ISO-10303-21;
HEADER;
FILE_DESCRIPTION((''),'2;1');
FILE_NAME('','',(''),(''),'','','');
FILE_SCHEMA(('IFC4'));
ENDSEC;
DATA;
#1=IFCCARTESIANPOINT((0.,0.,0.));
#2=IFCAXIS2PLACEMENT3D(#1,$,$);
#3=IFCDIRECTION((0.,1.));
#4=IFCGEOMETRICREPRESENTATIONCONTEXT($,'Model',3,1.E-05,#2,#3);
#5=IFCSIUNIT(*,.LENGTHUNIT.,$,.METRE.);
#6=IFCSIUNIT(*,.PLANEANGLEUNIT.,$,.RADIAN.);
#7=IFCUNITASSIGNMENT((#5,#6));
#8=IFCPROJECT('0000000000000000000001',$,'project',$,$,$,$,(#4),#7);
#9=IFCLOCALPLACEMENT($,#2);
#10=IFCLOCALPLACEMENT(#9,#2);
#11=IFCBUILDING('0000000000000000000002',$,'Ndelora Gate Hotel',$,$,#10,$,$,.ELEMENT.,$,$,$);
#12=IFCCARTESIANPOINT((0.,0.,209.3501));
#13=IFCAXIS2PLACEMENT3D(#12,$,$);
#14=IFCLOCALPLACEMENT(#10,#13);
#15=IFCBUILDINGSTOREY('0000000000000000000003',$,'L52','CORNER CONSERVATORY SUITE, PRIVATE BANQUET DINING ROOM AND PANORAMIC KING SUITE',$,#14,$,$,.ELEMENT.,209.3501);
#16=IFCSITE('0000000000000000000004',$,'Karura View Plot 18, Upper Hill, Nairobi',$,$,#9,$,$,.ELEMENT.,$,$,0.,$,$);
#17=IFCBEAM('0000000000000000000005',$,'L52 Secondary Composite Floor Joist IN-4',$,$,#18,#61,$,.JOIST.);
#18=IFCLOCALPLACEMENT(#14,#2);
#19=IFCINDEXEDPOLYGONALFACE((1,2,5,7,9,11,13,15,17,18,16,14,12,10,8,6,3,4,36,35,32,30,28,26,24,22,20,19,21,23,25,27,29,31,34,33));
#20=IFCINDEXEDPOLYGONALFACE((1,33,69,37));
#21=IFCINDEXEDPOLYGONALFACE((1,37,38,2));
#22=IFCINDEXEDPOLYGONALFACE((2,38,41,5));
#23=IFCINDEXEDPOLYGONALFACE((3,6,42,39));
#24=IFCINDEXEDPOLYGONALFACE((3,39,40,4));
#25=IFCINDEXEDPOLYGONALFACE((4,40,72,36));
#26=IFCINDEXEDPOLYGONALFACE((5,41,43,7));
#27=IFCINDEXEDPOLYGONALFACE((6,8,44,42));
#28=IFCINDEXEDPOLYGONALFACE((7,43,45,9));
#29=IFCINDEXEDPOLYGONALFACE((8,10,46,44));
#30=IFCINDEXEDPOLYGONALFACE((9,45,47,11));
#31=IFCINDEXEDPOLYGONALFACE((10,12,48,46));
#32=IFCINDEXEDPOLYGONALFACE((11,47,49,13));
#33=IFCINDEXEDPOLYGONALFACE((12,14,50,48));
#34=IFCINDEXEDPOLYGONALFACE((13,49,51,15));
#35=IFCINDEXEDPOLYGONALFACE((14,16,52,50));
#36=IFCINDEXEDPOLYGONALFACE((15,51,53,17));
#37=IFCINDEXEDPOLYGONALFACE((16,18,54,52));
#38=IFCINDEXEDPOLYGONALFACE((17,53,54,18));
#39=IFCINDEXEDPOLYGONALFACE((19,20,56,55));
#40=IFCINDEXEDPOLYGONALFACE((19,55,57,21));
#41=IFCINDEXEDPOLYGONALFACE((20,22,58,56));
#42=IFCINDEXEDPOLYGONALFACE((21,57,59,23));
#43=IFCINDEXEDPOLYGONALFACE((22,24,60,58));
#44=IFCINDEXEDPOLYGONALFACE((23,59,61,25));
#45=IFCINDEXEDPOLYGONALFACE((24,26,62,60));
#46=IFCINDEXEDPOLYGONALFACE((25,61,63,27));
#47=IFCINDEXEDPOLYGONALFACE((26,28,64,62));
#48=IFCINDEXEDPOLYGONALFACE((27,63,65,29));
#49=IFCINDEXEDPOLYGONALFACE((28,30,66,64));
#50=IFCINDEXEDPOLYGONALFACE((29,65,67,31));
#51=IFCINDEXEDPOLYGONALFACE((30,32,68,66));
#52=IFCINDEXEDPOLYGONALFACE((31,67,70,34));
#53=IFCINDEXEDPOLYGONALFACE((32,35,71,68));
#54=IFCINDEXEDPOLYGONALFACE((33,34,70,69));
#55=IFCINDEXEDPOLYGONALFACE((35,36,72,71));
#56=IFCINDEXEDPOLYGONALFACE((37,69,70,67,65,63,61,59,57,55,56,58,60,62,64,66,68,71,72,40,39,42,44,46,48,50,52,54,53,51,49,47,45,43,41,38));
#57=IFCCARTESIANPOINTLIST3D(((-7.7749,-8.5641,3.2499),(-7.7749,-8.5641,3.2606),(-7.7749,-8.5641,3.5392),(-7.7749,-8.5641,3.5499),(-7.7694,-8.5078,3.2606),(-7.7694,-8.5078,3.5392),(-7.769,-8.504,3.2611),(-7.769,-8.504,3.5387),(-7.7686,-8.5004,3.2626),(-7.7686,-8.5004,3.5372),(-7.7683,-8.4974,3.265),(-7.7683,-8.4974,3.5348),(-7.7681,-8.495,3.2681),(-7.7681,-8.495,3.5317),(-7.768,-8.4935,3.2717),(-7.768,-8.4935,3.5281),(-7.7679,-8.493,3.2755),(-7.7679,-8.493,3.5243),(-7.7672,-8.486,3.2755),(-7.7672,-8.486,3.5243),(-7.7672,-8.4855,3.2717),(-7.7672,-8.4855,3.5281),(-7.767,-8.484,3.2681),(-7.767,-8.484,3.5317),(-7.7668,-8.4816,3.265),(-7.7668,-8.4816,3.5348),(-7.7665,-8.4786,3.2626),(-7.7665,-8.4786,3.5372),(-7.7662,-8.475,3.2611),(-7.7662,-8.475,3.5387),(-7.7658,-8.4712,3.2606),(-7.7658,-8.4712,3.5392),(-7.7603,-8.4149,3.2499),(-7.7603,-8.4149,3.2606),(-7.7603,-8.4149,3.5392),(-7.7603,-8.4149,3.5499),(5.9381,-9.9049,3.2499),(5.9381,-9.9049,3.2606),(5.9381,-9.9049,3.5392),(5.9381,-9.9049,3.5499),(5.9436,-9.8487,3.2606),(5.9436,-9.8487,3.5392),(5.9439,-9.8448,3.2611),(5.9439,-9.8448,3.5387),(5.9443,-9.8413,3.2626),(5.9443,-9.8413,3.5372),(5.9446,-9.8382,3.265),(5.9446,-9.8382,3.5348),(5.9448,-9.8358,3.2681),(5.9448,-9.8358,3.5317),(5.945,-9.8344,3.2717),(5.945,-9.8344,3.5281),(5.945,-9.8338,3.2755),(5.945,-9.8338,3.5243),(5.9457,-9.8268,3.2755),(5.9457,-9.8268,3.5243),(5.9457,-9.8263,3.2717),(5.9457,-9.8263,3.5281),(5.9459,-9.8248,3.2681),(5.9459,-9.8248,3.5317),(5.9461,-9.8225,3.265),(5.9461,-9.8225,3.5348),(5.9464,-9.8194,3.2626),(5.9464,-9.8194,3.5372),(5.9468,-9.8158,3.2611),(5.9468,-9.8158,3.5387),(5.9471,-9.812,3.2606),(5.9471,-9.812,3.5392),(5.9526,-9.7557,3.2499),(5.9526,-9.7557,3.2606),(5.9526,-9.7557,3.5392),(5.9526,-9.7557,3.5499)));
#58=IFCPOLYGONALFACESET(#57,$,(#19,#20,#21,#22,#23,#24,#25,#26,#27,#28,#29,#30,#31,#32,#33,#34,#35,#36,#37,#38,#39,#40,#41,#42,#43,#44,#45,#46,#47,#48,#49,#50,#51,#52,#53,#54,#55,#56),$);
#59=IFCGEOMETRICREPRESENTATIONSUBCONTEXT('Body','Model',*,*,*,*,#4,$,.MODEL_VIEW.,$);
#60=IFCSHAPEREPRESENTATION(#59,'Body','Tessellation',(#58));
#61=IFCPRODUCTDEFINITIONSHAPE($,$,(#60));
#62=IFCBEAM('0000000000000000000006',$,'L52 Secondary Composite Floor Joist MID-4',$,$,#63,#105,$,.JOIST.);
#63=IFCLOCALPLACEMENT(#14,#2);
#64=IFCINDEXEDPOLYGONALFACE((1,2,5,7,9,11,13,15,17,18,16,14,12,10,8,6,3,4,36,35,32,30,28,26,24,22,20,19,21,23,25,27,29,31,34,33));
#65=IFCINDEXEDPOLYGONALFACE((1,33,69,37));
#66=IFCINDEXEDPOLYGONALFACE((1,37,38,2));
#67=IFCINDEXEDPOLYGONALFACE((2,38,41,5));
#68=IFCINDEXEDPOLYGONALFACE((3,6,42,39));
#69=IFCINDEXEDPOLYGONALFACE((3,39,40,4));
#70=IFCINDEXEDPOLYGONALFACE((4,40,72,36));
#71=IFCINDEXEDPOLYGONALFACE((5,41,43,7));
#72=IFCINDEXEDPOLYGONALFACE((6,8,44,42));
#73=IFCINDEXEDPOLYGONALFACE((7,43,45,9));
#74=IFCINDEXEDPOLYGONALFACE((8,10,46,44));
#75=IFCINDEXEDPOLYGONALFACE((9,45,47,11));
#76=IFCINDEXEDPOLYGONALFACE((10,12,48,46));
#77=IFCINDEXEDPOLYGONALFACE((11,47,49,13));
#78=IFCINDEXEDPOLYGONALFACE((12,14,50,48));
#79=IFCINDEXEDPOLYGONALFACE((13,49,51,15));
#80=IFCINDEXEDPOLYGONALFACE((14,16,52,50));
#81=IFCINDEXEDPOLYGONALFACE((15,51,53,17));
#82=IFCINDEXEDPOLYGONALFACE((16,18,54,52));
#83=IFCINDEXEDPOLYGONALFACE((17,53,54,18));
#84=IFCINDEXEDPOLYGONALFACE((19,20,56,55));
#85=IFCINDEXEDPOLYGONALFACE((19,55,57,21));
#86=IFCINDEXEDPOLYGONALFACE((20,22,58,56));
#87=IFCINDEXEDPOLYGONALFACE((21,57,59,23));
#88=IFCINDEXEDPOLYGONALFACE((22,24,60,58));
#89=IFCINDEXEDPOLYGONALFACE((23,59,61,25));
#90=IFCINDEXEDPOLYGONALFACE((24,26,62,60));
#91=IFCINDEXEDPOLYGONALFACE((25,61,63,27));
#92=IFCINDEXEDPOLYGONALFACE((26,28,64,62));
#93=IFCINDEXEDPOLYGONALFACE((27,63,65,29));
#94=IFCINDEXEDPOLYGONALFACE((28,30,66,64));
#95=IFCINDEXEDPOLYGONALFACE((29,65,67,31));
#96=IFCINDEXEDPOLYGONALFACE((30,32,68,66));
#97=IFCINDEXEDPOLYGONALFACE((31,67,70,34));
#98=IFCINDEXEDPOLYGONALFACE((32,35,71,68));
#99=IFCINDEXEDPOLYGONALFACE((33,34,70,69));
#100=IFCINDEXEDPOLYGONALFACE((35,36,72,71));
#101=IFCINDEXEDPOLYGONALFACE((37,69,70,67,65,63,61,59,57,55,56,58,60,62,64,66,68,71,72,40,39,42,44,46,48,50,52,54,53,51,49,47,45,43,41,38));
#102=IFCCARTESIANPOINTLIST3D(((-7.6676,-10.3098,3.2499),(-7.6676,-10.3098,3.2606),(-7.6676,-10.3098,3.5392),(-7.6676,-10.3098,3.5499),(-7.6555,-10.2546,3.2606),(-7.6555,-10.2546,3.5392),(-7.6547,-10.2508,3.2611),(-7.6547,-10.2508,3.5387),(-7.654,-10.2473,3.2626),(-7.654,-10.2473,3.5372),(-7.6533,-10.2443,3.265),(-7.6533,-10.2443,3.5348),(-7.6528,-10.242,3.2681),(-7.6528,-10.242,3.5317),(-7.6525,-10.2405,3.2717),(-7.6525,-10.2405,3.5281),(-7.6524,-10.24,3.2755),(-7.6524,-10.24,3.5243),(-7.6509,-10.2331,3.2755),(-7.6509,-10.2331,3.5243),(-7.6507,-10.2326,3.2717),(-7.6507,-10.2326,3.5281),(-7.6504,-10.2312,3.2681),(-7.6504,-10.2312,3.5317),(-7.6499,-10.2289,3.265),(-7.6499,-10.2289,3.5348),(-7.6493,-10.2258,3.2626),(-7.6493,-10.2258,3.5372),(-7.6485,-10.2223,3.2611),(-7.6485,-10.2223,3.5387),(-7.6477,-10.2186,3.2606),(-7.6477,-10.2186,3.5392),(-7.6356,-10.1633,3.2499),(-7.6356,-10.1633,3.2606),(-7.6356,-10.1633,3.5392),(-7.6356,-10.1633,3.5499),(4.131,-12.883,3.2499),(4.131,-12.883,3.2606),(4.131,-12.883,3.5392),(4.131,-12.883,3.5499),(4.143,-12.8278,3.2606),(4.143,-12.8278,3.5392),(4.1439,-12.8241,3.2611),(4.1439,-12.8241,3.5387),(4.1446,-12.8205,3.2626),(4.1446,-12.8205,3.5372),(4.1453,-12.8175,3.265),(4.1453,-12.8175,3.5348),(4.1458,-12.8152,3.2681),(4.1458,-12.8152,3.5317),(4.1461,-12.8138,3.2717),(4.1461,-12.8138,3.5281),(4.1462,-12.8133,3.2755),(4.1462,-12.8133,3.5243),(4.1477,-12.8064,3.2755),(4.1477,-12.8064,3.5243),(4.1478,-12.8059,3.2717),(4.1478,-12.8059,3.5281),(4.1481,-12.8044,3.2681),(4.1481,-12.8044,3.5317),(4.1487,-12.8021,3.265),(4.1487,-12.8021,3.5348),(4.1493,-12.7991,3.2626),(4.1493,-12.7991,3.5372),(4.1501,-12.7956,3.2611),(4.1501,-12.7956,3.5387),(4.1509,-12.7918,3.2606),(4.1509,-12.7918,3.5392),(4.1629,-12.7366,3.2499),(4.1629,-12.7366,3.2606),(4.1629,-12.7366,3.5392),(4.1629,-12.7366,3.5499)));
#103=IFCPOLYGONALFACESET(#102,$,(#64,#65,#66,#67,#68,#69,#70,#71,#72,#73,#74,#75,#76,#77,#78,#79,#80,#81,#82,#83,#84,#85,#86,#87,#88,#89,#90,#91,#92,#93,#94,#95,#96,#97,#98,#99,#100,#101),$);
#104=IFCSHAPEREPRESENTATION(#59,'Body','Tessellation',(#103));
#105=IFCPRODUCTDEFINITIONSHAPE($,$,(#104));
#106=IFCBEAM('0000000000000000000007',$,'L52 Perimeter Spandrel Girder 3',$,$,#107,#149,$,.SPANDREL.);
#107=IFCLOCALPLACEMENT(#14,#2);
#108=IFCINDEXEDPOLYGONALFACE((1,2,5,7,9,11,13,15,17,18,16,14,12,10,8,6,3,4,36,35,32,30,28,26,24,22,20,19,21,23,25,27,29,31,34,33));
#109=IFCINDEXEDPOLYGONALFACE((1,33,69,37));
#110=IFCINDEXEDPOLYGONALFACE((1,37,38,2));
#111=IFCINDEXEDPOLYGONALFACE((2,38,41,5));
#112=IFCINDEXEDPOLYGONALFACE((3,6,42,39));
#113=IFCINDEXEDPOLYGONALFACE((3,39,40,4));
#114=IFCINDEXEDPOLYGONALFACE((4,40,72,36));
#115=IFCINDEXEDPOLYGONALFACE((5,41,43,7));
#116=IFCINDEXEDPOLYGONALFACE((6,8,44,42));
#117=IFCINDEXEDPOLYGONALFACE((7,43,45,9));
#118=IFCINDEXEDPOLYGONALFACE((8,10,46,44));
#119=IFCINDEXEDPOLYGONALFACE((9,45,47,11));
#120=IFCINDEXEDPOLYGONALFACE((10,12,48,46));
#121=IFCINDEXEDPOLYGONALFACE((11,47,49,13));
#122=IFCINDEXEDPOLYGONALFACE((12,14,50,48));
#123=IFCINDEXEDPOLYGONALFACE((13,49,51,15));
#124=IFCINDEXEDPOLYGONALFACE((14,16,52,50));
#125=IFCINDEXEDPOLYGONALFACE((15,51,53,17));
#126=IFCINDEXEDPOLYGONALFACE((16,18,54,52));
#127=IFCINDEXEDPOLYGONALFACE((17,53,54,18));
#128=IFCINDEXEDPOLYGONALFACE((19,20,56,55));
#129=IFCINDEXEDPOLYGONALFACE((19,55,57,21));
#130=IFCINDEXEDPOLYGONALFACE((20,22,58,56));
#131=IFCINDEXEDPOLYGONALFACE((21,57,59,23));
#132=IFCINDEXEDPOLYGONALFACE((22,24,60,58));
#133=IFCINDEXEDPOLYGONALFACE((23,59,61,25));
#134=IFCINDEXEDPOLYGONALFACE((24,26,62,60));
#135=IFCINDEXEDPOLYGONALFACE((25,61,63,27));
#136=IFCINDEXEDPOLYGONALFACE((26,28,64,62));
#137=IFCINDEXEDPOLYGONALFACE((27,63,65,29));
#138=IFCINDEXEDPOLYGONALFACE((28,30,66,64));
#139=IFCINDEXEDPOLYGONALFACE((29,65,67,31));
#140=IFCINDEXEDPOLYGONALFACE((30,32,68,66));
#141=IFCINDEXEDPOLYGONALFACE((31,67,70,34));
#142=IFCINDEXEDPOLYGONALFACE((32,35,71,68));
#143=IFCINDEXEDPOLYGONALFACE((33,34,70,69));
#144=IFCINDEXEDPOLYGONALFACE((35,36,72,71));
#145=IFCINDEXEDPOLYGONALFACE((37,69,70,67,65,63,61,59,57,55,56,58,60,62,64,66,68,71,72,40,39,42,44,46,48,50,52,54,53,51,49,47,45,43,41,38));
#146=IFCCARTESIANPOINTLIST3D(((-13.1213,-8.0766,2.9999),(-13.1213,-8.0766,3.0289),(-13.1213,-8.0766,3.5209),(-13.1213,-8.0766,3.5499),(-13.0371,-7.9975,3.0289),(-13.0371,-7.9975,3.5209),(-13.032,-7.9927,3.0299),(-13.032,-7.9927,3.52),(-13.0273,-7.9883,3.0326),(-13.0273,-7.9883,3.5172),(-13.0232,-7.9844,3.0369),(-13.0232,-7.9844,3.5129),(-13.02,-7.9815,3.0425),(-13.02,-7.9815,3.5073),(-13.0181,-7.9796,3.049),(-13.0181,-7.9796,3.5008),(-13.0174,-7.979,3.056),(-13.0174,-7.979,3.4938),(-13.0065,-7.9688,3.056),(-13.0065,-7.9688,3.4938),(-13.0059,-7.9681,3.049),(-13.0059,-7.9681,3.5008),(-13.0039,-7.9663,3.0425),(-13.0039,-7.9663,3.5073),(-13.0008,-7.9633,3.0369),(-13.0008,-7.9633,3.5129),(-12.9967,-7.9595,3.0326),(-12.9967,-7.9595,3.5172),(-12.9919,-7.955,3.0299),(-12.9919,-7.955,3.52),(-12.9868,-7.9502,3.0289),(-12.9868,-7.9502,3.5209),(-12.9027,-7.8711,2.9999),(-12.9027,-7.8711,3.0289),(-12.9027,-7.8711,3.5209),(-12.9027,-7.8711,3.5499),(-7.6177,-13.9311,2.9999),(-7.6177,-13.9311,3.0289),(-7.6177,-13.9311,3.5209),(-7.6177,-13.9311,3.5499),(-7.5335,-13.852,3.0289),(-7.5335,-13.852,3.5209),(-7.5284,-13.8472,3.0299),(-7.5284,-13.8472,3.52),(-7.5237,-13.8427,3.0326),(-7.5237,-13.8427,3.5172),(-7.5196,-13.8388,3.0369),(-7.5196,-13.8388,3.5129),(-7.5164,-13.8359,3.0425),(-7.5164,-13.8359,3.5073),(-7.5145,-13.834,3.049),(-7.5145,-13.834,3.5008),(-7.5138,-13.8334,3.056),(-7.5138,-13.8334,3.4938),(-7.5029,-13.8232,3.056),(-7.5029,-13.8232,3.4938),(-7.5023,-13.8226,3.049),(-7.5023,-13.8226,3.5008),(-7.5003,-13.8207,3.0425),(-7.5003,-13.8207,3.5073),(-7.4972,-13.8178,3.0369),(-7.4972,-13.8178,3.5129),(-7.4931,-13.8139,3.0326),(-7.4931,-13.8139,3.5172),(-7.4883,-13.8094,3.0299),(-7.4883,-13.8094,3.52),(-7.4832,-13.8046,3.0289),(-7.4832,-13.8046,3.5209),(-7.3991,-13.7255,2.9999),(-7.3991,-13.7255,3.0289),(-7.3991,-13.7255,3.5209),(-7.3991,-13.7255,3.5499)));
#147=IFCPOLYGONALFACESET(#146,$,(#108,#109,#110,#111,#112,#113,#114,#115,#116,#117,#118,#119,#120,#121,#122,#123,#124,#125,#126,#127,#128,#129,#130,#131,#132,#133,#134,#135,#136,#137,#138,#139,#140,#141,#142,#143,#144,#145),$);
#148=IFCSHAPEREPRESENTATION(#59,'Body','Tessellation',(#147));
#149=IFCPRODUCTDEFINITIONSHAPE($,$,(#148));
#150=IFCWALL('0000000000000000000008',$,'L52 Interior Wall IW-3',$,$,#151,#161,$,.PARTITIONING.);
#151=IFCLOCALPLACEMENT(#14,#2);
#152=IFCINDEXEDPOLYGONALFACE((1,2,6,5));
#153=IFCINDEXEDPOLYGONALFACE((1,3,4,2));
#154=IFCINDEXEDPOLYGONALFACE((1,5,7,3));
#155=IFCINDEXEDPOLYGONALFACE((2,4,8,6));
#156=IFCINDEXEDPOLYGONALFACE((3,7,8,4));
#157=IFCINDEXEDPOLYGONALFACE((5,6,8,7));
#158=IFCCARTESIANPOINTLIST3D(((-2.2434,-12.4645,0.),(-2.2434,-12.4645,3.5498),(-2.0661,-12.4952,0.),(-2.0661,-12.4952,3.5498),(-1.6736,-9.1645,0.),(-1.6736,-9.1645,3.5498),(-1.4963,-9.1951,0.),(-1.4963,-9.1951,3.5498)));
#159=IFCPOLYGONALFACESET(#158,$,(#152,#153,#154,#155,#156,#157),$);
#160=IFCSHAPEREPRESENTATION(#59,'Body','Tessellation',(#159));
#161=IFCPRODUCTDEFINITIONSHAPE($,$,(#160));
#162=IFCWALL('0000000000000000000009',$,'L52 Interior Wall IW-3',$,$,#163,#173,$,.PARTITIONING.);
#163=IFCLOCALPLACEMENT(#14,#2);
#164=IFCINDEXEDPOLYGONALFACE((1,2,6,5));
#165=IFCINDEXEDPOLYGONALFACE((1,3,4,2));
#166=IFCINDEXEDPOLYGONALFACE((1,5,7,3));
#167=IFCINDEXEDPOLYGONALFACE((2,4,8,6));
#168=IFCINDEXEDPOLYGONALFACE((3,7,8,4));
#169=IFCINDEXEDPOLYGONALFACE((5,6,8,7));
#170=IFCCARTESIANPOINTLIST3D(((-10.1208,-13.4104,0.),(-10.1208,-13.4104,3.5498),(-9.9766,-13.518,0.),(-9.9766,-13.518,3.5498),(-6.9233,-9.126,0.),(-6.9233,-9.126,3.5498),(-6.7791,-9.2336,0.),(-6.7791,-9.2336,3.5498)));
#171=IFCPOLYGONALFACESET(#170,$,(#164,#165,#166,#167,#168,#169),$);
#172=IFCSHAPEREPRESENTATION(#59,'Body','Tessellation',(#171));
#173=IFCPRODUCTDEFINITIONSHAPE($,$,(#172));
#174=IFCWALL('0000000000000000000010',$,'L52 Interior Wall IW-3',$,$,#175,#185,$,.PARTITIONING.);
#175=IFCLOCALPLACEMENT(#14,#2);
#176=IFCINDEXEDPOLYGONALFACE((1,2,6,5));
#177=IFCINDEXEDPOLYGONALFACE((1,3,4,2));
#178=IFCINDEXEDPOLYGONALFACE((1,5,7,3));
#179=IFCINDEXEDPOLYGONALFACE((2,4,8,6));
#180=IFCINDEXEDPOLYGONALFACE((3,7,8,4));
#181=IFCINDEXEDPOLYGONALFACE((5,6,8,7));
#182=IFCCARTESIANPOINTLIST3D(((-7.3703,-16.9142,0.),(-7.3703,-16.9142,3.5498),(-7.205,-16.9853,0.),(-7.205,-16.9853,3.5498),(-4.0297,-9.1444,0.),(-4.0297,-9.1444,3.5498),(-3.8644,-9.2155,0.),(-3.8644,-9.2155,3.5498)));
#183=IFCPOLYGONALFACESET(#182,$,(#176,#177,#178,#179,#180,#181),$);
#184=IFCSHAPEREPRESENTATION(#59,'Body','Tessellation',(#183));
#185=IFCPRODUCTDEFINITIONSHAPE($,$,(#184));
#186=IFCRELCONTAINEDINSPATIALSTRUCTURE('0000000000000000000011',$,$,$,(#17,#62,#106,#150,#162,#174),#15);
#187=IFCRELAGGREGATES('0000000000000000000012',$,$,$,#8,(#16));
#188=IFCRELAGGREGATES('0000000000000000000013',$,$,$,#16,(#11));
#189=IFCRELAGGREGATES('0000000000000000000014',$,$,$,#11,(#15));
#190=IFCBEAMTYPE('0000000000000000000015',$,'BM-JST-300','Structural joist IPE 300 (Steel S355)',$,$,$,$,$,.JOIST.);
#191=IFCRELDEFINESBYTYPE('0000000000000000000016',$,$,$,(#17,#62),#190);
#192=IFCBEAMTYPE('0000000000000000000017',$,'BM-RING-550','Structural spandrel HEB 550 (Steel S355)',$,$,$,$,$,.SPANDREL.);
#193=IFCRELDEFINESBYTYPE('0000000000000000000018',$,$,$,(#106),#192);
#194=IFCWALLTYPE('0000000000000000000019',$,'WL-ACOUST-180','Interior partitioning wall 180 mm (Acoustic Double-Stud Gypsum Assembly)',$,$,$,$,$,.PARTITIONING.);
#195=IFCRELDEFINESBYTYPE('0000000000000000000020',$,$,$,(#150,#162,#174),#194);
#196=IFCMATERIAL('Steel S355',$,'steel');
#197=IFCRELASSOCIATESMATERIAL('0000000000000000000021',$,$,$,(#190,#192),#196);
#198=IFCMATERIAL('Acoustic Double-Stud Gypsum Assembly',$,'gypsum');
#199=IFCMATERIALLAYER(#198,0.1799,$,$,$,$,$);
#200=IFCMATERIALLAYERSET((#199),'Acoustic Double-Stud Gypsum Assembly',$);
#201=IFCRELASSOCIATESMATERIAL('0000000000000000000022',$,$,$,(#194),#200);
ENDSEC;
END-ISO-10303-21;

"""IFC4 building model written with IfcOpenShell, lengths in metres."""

from ifc_helpers import new_model, si_unit, direction, frame, frame_2d, origin, origin_2d, place, context, subcontext, project, spatial, rectangle, i_section, extrude, material, layer, layer_set, material_profile, profile_set, type_object, element, save


model = new_model("IFC4")

# Units and contexts
model_context = context("Model", 3, precision=1e-05, world=origin(), true_north=direction((0.0, 1.0)))
body_context = subcontext(model_context, "Body", "Model", "MODEL_VIEW")
ifc_project = project(units=[si_unit("LENGTHUNIT", "METRE"), si_unit("PLANEANGLEUNIT", "RADIAN")], contexts=[model_context])

# Site, building, storey
site_placement = place(None, origin())
site = spatial("IfcSite", under=ifc_project, at=site_placement, Name="Karura View Plot 18, Upper Hill, Nairobi", CompositionType="ELEMENT", RefElevation=0.0)
building_placement = place(site_placement, origin())
building = spatial("IfcBuilding", under=site, at=building_placement, Name="Ndelora Gate Hotel", CompositionType="ELEMENT")
storey_placement = place(building_placement, frame((0.0, 0.0, 209.3501)))
storey = spatial("IfcBuildingStorey", under=building, at=storey_placement, Name="L52", Description="CORNER CONSERVATORY SUITE, PRIVATE BANQUET DINING ROOM AND PANORAMIC KING SUITE", CompositionType="ELEMENT", Elevation=209.3501)

# Beams
ifc_material_1 = material(Name="Steel S355", Category="steel")
ifc_material_profile_1 = material_profile(ifc_material_1, i_section(OverallWidth=0.1499, OverallDepth=0.3, WebThickness=0.0071, FlangeThickness=0.0107, FilletRadius=0.0149, at=origin_2d()), Name="IPE 300")
ifc_profile_set_1 = profile_set([ifc_material_profile_1], Name="Steel S355")
beam_type_1 = type_object("IfcBeamType", Name="BM-JST-300", Description="Structural joist IPE 300 (Steel S355)", PredefinedType="JOIST", material=ifc_profile_set_1)
beam_1_placement = place(storey_placement, frame((-7.7676, -8.4895, 3.3999), z_axis=(0.995254, -0.097314, 0.0), x_axis=(0.097314, 0.995254, 0.0)))
element("IfcBeam", 1, at=beam_1_placement, inside=storey, type_object=beam_type_1, Name="L52 Secondary Composite Floor Joist IN-4", PredefinedType="JOIST", context=body_context, shape_type="SweptSolid", body=[
    extrude(i_section(OverallWidth=0.1499, OverallDepth=0.3, WebThickness=0.0071, FlangeThickness=0.0107, FilletRadius=0.0149, at=origin_2d()), origin(), (0.0, 0.0, 1.0), 13.7783),
])
beam_2_placement = place(storey_placement, frame((-7.6516, -10.2366, 3.3999), z_axis=(0.977033, -0.213088, 0.0), x_axis=(0.213088, 0.977033, 0.0)))
element("IfcBeam", 2, at=beam_2_placement, inside=storey, type_object=beam_type_1, Name="L52 Secondary Composite Floor Joist MID-4", PredefinedType="JOIST", context=body_context, shape_type="SweptSolid", body=[
    extrude(i_section(OverallWidth=0.1499, OverallDepth=0.3, WebThickness=0.0071, FlangeThickness=0.0107, FilletRadius=0.0149, at=origin_2d()), origin(), (0.0, 0.0, 1.0), 12.0759),
])
ifc_material_profile_2 = material_profile(ifc_material_1, i_section(OverallWidth=0.3, OverallDepth=0.55, WebThickness=0.0149, FlangeThickness=0.0291, FilletRadius=0.0271, at=origin_2d()), Name="HEB 550")
ifc_profile_set_2 = profile_set([ifc_material_profile_2], Name="Steel S355")
beam_type_2 = type_object("IfcBeamType", Name="BM-RING-550", Description="Structural spandrel HEB 550 (Steel S355)", PredefinedType="SPANDREL", material=ifc_profile_set_2)
beam_3_placement = place(storey_placement, frame((-13.012, -7.9739, 3.2749), z_axis=(0.684939, -0.7286, 0.0), x_axis=(0.7286, 0.684939, 0.0)))
element("IfcBeam", 3, at=beam_3_placement, inside=storey, type_object=beam_type_2, Name="L52 Perimeter Spandrel Girder 3", PredefinedType="SPANDREL", context=body_context, shape_type="SweptSolid", body=[
    extrude(i_section(OverallWidth=0.3, OverallDepth=0.55, WebThickness=0.0149, FlangeThickness=0.0291, FilletRadius=0.0271, at=origin_2d()), origin(), (0.0, 0.0, 1.0), 8.0352),
])

# Walls
ifc_material_2 = material(Name="Acoustic Double-Stud Gypsum Assembly", Category="gypsum")
ifc_layer_1 = layer(ifc_material_2, 0.1799)
ifc_layer_set_1 = layer_set([ifc_layer_1], Name="Acoustic Double-Stud Gypsum Assembly")
wall_type_1 = type_object("IfcWallType", Name="WL-ACOUST-180", Description="Interior partitioning wall 180 mm (Acoustic Double-Stud Gypsum Assembly)", PredefinedType="PARTITIONING", material=ifc_layer_set_1)
wall_1_placement = place(storey_placement, frame((-1.585, -9.1799, 0.0), z_axis=(0.0, 0.0, 1.0), x_axis=(-0.170153, -0.985418, 0.0)))
element("IfcWall", 4, at=wall_1_placement, inside=storey, type_object=wall_type_1, Name="L52 Interior Wall IW-3", PredefinedType="PARTITIONING", context=body_context, shape_type="SweptSolid", body=[
    extrude(rectangle(XDim=3.3489, YDim=0.1799, at=frame_2d((1.6743, 0.0))), origin(), (0.0, 0.0, 1.0), 3.5498),
])
wall_2_placement = place(storey_placement, frame((-6.8513, -9.1799, 0.0), z_axis=(0.0, 0.0, 1.0), x_axis=(-0.598106, -0.801417, 0.0)))
element("IfcWall", 5, at=wall_2_placement, inside=storey, type_object=wall_type_1, Name="L52 Interior Wall IW-3", PredefinedType="PARTITIONING", context=body_context, shape_type="SweptSolid", body=[
    extrude(rectangle(XDim=5.3459, YDim=0.1799, at=frame_2d((2.6729, 0.0))), origin(), (0.0, 0.0, 1.0), 3.5498),
])
wall_3_placement = place(storey_placement, frame((-3.947, -9.1799, 0.0), z_axis=(0.0, 0.0, 1.0), x_axis=(-0.394985, -0.918688, 0.0)))
element("IfcWall", 6, at=wall_3_placement, inside=storey, type_object=wall_type_1, Name="L52 Interior Wall IW-3", PredefinedType="PARTITIONING", context=body_context, shape_type="SweptSolid", body=[
    extrude(rectangle(XDim=8.4575, YDim=0.1799, at=frame_2d((4.2288, 0.0))), origin(), (0.0, 0.0, 1.0), 3.5498),
])

save(model, "model.ifc")
